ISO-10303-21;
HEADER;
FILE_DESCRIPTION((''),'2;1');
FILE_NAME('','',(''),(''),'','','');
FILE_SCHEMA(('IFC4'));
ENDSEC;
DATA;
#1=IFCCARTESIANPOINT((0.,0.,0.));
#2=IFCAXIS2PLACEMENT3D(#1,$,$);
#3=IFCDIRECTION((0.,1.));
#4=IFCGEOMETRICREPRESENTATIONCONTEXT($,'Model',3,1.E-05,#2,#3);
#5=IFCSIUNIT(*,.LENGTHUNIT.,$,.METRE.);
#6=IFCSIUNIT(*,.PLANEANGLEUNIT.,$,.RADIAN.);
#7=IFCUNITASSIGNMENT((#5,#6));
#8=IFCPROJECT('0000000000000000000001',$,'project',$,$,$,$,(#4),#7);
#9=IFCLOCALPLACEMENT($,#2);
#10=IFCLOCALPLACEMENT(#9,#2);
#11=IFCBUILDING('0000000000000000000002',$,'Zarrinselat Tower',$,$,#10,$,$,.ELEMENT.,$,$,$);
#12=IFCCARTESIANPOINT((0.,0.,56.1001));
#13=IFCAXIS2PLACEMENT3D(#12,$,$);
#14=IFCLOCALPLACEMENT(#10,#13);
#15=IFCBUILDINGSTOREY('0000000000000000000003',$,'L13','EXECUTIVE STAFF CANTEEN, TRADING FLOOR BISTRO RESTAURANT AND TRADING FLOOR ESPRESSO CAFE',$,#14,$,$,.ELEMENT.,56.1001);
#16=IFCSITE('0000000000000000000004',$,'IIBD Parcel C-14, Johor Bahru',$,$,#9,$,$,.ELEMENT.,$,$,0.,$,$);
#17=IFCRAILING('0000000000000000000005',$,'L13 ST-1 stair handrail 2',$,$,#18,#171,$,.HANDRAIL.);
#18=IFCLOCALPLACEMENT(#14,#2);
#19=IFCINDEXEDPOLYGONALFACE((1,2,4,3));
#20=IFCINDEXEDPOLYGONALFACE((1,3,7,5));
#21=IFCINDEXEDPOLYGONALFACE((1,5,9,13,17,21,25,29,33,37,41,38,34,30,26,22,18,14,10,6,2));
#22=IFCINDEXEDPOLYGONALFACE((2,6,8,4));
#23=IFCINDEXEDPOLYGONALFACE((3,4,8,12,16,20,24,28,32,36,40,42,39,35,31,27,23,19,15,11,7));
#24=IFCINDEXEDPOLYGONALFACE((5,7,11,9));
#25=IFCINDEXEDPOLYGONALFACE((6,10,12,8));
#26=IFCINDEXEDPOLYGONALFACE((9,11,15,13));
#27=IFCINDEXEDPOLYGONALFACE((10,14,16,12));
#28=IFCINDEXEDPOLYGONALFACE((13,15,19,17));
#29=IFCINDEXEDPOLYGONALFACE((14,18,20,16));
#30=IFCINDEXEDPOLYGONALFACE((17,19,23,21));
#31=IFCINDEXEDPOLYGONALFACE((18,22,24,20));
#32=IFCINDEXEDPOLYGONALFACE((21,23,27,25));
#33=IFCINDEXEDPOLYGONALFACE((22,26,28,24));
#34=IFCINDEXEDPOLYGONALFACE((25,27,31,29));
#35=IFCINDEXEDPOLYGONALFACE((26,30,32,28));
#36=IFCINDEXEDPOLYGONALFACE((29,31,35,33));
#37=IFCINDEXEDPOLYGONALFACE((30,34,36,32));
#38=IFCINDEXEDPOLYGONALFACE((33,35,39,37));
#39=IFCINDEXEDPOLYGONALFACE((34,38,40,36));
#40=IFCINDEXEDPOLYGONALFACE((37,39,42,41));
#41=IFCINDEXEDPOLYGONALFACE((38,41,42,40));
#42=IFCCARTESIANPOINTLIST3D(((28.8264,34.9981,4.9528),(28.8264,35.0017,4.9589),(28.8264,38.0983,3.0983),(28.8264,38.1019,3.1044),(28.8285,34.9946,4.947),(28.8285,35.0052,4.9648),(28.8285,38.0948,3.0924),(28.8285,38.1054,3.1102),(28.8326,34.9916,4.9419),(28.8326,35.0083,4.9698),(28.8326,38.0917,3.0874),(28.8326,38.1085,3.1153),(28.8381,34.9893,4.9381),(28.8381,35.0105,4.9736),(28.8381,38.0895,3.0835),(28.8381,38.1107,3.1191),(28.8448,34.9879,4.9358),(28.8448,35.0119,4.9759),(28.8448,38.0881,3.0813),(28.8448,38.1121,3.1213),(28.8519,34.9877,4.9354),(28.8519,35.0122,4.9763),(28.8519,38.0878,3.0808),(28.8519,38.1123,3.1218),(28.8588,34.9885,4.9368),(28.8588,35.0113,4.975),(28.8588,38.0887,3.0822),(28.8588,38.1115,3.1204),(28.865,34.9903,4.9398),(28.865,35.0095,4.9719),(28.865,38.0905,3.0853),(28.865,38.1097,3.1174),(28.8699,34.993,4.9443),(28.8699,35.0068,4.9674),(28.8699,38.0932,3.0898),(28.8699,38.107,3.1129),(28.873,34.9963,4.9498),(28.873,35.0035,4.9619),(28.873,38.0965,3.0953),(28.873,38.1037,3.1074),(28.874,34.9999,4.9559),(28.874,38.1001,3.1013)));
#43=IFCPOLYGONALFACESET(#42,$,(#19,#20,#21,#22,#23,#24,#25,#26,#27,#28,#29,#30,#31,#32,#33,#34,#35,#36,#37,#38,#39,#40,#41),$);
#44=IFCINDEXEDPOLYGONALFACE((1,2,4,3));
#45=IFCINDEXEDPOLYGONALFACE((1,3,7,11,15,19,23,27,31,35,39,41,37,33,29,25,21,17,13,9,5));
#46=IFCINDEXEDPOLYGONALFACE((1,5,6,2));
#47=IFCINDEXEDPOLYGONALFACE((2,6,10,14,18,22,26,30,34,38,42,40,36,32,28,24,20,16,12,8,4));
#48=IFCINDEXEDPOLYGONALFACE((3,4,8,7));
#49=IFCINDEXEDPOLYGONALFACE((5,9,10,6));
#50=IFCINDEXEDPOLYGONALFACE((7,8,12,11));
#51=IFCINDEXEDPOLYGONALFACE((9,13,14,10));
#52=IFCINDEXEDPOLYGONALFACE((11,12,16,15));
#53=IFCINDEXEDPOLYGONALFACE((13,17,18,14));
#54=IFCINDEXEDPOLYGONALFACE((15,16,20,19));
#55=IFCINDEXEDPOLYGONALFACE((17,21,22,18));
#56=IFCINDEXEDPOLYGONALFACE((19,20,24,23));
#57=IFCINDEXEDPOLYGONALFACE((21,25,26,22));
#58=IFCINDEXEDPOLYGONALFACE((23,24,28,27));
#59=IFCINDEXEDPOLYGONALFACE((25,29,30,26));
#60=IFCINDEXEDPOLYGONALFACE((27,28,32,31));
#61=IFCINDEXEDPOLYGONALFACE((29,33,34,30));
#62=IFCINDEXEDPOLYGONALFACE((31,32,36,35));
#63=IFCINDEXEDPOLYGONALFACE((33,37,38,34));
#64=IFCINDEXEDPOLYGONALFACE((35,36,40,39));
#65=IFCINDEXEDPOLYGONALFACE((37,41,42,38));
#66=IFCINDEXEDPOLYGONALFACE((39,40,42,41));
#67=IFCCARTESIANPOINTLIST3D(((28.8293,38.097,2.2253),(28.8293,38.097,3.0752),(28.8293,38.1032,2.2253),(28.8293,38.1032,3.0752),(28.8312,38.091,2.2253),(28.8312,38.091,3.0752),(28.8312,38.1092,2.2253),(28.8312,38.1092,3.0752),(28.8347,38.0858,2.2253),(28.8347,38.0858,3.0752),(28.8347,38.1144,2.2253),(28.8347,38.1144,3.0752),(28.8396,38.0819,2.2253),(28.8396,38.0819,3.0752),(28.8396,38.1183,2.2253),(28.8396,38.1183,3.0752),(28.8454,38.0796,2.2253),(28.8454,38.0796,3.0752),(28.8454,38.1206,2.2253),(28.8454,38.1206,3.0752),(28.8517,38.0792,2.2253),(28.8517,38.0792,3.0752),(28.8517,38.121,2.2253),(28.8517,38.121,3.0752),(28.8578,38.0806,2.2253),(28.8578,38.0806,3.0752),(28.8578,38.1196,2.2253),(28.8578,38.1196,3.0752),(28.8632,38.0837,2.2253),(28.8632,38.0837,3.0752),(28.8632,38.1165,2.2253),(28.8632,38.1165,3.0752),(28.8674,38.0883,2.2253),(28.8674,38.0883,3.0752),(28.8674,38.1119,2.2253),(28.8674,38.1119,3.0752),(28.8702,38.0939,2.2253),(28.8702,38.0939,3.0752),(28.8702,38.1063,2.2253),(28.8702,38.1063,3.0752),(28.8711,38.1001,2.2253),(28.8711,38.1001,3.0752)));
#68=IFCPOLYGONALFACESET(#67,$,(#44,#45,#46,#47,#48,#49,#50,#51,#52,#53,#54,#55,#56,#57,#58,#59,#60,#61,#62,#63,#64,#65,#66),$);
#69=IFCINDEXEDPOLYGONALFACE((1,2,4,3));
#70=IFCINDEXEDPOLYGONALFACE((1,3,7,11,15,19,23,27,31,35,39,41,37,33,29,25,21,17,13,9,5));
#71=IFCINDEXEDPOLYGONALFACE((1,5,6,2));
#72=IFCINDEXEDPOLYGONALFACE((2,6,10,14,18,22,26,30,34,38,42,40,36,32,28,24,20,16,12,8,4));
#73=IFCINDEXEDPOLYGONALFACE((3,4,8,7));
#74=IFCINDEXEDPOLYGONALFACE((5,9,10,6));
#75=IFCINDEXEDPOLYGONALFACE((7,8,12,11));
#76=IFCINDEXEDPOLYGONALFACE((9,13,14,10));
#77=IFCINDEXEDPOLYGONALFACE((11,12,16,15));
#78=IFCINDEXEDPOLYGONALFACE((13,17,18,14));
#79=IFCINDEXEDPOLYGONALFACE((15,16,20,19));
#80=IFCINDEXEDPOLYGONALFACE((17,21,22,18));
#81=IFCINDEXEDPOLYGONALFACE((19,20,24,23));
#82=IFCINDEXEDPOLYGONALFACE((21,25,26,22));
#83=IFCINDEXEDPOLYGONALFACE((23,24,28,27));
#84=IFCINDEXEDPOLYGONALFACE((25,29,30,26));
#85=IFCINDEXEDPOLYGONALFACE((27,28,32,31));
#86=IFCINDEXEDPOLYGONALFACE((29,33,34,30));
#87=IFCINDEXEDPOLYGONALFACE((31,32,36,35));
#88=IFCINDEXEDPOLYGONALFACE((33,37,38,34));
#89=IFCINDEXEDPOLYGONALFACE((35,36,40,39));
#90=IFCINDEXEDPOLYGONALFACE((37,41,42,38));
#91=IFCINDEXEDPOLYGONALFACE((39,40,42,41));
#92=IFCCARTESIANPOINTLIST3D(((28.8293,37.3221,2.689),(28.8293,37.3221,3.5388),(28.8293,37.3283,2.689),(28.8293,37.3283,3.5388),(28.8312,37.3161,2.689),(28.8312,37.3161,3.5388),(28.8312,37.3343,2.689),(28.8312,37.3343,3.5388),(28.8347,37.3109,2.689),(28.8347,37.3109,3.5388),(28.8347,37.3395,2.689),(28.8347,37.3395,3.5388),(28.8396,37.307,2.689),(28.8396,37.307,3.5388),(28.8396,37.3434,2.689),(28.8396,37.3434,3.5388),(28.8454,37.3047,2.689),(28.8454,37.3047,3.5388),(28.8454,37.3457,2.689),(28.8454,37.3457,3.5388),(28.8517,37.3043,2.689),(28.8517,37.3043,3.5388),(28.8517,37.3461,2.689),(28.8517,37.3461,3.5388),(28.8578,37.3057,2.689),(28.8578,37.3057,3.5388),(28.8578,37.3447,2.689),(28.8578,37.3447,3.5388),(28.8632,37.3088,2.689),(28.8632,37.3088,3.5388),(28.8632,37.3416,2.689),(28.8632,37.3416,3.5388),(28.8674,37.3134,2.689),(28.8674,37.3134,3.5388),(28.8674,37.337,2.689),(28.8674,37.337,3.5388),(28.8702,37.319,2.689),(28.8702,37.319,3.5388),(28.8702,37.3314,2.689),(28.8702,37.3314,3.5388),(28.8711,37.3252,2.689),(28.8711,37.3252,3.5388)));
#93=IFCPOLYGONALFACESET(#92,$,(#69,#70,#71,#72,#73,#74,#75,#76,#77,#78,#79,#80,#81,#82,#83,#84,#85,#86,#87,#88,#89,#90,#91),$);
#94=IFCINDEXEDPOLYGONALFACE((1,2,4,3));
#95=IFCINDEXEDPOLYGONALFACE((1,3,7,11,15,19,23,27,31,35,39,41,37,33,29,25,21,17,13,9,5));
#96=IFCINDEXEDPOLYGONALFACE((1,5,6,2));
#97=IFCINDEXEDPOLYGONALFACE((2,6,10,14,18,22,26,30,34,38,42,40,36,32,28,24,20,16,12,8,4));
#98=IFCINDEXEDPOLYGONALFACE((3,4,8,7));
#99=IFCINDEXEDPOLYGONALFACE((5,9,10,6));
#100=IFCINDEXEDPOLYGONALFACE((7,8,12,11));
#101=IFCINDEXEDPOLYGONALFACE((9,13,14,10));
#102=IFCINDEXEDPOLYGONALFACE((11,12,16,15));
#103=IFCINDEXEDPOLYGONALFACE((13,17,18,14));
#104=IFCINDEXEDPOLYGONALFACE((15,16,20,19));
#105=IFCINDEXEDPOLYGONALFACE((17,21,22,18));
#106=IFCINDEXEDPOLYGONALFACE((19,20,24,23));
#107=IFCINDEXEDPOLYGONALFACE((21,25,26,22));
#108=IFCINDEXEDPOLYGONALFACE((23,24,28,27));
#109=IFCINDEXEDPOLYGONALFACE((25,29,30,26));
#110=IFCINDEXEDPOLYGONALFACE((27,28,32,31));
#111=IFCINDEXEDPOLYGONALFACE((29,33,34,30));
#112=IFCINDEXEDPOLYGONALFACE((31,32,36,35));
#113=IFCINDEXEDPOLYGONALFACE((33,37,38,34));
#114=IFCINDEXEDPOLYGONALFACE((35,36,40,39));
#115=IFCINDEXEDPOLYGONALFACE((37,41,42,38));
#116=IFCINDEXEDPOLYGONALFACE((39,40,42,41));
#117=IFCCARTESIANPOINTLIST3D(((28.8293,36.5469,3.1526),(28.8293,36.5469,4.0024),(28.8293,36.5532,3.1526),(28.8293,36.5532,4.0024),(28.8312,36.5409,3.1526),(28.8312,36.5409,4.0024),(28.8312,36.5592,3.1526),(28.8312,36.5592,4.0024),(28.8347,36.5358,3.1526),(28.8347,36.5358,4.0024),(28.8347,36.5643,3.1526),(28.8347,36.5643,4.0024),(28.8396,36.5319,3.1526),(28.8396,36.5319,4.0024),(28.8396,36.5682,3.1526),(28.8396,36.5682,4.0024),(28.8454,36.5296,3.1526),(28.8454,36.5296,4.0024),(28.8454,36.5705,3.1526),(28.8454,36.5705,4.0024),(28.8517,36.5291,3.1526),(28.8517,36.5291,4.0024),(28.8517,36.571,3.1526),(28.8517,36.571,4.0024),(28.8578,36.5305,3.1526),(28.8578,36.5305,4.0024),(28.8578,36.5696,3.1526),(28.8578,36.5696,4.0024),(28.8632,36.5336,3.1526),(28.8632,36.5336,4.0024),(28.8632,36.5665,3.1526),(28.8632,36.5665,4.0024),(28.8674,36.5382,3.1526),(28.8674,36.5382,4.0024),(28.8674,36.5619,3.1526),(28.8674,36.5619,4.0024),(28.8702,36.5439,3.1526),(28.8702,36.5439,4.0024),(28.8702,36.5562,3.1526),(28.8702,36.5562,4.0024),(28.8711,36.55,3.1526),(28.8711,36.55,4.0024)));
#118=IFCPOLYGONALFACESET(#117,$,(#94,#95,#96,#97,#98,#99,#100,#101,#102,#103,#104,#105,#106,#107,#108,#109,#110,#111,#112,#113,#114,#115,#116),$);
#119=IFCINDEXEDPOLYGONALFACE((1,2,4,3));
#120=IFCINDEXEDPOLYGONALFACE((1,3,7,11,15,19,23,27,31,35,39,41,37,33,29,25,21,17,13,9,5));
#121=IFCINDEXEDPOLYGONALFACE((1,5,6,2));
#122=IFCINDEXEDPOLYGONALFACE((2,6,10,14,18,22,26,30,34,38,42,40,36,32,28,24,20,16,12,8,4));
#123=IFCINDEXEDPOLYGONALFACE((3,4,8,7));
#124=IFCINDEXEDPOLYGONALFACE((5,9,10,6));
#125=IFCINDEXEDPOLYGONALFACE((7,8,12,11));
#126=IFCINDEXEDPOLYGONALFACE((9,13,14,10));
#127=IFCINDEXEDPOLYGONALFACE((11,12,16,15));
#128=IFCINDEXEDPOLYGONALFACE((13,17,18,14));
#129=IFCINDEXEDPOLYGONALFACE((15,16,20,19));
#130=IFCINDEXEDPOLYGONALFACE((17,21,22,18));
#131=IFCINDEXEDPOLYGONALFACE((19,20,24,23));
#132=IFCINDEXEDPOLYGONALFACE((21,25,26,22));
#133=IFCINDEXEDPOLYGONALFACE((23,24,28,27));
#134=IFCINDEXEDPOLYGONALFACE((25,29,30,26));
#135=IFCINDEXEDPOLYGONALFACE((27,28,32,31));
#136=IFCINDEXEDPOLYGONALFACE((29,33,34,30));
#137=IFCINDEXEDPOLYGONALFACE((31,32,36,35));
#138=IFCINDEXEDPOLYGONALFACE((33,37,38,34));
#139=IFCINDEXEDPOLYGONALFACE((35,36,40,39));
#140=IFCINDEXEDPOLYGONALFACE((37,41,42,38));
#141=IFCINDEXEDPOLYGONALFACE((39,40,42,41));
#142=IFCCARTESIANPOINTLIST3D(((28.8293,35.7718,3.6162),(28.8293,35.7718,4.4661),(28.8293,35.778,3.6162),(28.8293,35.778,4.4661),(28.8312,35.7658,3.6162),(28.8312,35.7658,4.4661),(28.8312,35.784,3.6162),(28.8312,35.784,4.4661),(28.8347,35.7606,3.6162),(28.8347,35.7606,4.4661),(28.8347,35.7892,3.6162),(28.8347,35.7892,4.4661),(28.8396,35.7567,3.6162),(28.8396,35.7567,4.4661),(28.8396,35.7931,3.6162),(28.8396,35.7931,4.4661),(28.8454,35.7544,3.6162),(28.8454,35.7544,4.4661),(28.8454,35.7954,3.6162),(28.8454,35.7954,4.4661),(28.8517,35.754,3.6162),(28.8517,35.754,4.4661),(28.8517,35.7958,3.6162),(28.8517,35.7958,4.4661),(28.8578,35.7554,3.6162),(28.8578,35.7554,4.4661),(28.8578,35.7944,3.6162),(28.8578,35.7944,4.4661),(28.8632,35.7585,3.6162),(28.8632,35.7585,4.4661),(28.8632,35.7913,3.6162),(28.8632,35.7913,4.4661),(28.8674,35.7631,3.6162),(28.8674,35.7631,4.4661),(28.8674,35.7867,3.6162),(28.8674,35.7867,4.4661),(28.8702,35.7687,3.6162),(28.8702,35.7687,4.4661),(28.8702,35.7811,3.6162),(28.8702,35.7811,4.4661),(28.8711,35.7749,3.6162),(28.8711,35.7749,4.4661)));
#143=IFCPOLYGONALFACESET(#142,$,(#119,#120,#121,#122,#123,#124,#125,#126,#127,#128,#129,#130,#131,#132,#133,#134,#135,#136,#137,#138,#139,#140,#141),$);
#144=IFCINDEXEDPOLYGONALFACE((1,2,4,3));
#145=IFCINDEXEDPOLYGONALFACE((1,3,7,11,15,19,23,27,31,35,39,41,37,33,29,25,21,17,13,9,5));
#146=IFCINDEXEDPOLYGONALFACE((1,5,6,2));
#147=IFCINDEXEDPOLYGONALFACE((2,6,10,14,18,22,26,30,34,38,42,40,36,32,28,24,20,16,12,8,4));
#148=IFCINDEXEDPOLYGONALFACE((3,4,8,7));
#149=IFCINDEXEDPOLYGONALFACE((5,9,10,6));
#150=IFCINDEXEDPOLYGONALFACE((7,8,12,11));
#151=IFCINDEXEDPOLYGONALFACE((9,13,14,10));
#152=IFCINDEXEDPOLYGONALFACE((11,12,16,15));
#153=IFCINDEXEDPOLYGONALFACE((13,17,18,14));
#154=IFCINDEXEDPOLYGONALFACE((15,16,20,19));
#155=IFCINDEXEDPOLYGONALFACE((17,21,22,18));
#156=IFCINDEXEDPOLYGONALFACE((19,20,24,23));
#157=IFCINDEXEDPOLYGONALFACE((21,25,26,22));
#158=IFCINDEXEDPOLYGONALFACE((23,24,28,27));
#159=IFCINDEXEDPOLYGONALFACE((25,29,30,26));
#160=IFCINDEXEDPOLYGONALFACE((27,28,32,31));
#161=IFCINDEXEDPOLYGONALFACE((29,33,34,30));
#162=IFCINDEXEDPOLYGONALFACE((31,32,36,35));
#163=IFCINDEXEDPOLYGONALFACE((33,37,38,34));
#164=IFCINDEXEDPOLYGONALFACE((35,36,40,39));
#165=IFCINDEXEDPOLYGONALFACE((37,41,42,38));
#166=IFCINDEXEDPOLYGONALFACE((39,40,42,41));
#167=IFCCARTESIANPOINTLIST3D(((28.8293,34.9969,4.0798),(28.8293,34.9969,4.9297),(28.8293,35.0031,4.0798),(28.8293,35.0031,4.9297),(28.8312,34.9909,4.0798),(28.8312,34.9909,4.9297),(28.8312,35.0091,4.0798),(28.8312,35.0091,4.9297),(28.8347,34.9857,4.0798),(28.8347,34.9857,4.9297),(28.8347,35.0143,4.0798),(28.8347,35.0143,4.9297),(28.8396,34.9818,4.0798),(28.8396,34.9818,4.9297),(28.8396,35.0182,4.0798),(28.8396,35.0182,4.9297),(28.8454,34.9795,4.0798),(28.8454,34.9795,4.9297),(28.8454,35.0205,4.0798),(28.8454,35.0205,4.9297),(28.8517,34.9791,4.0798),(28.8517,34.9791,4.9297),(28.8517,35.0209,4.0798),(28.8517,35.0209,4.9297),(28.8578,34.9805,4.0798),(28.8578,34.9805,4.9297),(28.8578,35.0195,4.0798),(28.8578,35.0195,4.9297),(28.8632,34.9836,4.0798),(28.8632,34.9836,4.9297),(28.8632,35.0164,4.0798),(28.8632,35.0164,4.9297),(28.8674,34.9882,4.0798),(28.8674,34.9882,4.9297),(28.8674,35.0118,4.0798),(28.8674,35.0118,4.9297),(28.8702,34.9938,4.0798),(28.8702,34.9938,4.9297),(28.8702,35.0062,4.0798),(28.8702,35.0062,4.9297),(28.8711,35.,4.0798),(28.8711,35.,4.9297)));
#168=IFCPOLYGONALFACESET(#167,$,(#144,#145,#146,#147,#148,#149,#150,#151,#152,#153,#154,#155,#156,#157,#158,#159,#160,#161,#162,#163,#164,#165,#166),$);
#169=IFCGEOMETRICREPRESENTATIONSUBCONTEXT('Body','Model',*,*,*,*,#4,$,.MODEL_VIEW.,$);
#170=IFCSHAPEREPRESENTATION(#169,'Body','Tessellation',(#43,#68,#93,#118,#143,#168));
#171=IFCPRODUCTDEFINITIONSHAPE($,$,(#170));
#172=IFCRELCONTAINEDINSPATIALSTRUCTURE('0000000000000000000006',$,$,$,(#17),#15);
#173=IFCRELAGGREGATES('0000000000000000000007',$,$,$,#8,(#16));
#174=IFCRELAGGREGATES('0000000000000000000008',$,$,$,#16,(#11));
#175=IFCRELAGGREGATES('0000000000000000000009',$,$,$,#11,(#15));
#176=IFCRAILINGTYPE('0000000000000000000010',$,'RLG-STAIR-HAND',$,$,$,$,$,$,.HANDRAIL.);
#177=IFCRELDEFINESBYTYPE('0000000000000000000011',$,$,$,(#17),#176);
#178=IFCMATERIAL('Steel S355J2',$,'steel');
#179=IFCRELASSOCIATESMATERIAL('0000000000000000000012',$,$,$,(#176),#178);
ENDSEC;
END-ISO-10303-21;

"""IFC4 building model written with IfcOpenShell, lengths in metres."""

from ifc_helpers import new_model, si_unit, direction, frame, origin, origin_2d, place, context, subcontext, project, spatial, circle, extrude, material, type_object, element, save


model = new_model("IFC4")

# Units and contexts
model_context = context("Model", 3, precision=1e-05, world=origin(), true_north=direction((0.0, 1.0)))
body_context = subcontext(model_context, "Body", "Model", "MODEL_VIEW")
ifc_project = project(units=[si_unit("LENGTHUNIT", "METRE"), si_unit("PLANEANGLEUNIT", "RADIAN")], contexts=[model_context])

# Site, building, storey
site_placement = place(None, origin())
site = spatial("IfcSite", under=ifc_project, at=site_placement, Name="IIBD Parcel C-14, Johor Bahru", CompositionType="ELEMENT", RefElevation=0.0)
building_placement = place(site_placement, origin())
building = spatial("IfcBuilding", under=site, at=building_placement, Name="Zarrinselat Tower", CompositionType="ELEMENT")
storey_placement = place(building_placement, frame((0.0, 0.0, 56.1001)))
storey = spatial("IfcBuildingStorey", under=building, at=storey_placement, Name="L13", Description="EXECUTIVE STAFF CANTEEN, TRADING FLOOR BISTRO RESTAURANT AND TRADING FLOOR ESPRESSO CAFE", CompositionType="ELEMENT", Elevation=56.1001)

# Railing
ifc_material_1 = material(Name="Steel S355J2", Category="steel")
railing_type_1 = type_object("IfcRailingType", Name="RLG-STAIR-HAND", PredefinedType="HANDRAIL", material=ifc_material_1)
railing_1_placement = place(storey_placement, frame((28.8501, 38.1001, 2.2253)))
element("IfcRailing", 1, at=railing_1_placement, inside=storey, type_object=railing_type_1, Name="L13 ST-1 stair handrail 2", PredefinedType="HANDRAIL", context=body_context, shape_type="SweptSolid", body=[
    extrude(circle(Radius=0.0239, at=origin_2d()), frame((0.0, 0.0, 0.876), z_axis=(0.0, -0.858172, 0.513362), x_axis=(1.0, 0.0, 0.0)), (0.0, 0.0, 1.0), 3.6125),
    extrude(circle(Radius=0.021, at=origin_2d()), origin(), (0.0, 0.0, 1.0), 0.8499),
    extrude(circle(Radius=0.021, at=origin_2d()), frame((0.0, -0.7749, 0.4636)), (0.0, 0.0, 1.0), 0.8499),
    extrude(circle(Radius=0.021, at=origin_2d()), frame((0.0, -1.55, 0.9272)), (0.0, 0.0, 1.0), 0.8499),
    extrude(circle(Radius=0.021, at=origin_2d()), frame((0.0, -2.3252, 1.3909)), (0.0, 0.0, 1.0), 0.8499),
    extrude(circle(Radius=0.021, at=origin_2d()), frame((0.0, -3.1001, 1.8545)), (0.0, 0.0, 1.0), 0.8499),
])

save(model, "model.ifc")
